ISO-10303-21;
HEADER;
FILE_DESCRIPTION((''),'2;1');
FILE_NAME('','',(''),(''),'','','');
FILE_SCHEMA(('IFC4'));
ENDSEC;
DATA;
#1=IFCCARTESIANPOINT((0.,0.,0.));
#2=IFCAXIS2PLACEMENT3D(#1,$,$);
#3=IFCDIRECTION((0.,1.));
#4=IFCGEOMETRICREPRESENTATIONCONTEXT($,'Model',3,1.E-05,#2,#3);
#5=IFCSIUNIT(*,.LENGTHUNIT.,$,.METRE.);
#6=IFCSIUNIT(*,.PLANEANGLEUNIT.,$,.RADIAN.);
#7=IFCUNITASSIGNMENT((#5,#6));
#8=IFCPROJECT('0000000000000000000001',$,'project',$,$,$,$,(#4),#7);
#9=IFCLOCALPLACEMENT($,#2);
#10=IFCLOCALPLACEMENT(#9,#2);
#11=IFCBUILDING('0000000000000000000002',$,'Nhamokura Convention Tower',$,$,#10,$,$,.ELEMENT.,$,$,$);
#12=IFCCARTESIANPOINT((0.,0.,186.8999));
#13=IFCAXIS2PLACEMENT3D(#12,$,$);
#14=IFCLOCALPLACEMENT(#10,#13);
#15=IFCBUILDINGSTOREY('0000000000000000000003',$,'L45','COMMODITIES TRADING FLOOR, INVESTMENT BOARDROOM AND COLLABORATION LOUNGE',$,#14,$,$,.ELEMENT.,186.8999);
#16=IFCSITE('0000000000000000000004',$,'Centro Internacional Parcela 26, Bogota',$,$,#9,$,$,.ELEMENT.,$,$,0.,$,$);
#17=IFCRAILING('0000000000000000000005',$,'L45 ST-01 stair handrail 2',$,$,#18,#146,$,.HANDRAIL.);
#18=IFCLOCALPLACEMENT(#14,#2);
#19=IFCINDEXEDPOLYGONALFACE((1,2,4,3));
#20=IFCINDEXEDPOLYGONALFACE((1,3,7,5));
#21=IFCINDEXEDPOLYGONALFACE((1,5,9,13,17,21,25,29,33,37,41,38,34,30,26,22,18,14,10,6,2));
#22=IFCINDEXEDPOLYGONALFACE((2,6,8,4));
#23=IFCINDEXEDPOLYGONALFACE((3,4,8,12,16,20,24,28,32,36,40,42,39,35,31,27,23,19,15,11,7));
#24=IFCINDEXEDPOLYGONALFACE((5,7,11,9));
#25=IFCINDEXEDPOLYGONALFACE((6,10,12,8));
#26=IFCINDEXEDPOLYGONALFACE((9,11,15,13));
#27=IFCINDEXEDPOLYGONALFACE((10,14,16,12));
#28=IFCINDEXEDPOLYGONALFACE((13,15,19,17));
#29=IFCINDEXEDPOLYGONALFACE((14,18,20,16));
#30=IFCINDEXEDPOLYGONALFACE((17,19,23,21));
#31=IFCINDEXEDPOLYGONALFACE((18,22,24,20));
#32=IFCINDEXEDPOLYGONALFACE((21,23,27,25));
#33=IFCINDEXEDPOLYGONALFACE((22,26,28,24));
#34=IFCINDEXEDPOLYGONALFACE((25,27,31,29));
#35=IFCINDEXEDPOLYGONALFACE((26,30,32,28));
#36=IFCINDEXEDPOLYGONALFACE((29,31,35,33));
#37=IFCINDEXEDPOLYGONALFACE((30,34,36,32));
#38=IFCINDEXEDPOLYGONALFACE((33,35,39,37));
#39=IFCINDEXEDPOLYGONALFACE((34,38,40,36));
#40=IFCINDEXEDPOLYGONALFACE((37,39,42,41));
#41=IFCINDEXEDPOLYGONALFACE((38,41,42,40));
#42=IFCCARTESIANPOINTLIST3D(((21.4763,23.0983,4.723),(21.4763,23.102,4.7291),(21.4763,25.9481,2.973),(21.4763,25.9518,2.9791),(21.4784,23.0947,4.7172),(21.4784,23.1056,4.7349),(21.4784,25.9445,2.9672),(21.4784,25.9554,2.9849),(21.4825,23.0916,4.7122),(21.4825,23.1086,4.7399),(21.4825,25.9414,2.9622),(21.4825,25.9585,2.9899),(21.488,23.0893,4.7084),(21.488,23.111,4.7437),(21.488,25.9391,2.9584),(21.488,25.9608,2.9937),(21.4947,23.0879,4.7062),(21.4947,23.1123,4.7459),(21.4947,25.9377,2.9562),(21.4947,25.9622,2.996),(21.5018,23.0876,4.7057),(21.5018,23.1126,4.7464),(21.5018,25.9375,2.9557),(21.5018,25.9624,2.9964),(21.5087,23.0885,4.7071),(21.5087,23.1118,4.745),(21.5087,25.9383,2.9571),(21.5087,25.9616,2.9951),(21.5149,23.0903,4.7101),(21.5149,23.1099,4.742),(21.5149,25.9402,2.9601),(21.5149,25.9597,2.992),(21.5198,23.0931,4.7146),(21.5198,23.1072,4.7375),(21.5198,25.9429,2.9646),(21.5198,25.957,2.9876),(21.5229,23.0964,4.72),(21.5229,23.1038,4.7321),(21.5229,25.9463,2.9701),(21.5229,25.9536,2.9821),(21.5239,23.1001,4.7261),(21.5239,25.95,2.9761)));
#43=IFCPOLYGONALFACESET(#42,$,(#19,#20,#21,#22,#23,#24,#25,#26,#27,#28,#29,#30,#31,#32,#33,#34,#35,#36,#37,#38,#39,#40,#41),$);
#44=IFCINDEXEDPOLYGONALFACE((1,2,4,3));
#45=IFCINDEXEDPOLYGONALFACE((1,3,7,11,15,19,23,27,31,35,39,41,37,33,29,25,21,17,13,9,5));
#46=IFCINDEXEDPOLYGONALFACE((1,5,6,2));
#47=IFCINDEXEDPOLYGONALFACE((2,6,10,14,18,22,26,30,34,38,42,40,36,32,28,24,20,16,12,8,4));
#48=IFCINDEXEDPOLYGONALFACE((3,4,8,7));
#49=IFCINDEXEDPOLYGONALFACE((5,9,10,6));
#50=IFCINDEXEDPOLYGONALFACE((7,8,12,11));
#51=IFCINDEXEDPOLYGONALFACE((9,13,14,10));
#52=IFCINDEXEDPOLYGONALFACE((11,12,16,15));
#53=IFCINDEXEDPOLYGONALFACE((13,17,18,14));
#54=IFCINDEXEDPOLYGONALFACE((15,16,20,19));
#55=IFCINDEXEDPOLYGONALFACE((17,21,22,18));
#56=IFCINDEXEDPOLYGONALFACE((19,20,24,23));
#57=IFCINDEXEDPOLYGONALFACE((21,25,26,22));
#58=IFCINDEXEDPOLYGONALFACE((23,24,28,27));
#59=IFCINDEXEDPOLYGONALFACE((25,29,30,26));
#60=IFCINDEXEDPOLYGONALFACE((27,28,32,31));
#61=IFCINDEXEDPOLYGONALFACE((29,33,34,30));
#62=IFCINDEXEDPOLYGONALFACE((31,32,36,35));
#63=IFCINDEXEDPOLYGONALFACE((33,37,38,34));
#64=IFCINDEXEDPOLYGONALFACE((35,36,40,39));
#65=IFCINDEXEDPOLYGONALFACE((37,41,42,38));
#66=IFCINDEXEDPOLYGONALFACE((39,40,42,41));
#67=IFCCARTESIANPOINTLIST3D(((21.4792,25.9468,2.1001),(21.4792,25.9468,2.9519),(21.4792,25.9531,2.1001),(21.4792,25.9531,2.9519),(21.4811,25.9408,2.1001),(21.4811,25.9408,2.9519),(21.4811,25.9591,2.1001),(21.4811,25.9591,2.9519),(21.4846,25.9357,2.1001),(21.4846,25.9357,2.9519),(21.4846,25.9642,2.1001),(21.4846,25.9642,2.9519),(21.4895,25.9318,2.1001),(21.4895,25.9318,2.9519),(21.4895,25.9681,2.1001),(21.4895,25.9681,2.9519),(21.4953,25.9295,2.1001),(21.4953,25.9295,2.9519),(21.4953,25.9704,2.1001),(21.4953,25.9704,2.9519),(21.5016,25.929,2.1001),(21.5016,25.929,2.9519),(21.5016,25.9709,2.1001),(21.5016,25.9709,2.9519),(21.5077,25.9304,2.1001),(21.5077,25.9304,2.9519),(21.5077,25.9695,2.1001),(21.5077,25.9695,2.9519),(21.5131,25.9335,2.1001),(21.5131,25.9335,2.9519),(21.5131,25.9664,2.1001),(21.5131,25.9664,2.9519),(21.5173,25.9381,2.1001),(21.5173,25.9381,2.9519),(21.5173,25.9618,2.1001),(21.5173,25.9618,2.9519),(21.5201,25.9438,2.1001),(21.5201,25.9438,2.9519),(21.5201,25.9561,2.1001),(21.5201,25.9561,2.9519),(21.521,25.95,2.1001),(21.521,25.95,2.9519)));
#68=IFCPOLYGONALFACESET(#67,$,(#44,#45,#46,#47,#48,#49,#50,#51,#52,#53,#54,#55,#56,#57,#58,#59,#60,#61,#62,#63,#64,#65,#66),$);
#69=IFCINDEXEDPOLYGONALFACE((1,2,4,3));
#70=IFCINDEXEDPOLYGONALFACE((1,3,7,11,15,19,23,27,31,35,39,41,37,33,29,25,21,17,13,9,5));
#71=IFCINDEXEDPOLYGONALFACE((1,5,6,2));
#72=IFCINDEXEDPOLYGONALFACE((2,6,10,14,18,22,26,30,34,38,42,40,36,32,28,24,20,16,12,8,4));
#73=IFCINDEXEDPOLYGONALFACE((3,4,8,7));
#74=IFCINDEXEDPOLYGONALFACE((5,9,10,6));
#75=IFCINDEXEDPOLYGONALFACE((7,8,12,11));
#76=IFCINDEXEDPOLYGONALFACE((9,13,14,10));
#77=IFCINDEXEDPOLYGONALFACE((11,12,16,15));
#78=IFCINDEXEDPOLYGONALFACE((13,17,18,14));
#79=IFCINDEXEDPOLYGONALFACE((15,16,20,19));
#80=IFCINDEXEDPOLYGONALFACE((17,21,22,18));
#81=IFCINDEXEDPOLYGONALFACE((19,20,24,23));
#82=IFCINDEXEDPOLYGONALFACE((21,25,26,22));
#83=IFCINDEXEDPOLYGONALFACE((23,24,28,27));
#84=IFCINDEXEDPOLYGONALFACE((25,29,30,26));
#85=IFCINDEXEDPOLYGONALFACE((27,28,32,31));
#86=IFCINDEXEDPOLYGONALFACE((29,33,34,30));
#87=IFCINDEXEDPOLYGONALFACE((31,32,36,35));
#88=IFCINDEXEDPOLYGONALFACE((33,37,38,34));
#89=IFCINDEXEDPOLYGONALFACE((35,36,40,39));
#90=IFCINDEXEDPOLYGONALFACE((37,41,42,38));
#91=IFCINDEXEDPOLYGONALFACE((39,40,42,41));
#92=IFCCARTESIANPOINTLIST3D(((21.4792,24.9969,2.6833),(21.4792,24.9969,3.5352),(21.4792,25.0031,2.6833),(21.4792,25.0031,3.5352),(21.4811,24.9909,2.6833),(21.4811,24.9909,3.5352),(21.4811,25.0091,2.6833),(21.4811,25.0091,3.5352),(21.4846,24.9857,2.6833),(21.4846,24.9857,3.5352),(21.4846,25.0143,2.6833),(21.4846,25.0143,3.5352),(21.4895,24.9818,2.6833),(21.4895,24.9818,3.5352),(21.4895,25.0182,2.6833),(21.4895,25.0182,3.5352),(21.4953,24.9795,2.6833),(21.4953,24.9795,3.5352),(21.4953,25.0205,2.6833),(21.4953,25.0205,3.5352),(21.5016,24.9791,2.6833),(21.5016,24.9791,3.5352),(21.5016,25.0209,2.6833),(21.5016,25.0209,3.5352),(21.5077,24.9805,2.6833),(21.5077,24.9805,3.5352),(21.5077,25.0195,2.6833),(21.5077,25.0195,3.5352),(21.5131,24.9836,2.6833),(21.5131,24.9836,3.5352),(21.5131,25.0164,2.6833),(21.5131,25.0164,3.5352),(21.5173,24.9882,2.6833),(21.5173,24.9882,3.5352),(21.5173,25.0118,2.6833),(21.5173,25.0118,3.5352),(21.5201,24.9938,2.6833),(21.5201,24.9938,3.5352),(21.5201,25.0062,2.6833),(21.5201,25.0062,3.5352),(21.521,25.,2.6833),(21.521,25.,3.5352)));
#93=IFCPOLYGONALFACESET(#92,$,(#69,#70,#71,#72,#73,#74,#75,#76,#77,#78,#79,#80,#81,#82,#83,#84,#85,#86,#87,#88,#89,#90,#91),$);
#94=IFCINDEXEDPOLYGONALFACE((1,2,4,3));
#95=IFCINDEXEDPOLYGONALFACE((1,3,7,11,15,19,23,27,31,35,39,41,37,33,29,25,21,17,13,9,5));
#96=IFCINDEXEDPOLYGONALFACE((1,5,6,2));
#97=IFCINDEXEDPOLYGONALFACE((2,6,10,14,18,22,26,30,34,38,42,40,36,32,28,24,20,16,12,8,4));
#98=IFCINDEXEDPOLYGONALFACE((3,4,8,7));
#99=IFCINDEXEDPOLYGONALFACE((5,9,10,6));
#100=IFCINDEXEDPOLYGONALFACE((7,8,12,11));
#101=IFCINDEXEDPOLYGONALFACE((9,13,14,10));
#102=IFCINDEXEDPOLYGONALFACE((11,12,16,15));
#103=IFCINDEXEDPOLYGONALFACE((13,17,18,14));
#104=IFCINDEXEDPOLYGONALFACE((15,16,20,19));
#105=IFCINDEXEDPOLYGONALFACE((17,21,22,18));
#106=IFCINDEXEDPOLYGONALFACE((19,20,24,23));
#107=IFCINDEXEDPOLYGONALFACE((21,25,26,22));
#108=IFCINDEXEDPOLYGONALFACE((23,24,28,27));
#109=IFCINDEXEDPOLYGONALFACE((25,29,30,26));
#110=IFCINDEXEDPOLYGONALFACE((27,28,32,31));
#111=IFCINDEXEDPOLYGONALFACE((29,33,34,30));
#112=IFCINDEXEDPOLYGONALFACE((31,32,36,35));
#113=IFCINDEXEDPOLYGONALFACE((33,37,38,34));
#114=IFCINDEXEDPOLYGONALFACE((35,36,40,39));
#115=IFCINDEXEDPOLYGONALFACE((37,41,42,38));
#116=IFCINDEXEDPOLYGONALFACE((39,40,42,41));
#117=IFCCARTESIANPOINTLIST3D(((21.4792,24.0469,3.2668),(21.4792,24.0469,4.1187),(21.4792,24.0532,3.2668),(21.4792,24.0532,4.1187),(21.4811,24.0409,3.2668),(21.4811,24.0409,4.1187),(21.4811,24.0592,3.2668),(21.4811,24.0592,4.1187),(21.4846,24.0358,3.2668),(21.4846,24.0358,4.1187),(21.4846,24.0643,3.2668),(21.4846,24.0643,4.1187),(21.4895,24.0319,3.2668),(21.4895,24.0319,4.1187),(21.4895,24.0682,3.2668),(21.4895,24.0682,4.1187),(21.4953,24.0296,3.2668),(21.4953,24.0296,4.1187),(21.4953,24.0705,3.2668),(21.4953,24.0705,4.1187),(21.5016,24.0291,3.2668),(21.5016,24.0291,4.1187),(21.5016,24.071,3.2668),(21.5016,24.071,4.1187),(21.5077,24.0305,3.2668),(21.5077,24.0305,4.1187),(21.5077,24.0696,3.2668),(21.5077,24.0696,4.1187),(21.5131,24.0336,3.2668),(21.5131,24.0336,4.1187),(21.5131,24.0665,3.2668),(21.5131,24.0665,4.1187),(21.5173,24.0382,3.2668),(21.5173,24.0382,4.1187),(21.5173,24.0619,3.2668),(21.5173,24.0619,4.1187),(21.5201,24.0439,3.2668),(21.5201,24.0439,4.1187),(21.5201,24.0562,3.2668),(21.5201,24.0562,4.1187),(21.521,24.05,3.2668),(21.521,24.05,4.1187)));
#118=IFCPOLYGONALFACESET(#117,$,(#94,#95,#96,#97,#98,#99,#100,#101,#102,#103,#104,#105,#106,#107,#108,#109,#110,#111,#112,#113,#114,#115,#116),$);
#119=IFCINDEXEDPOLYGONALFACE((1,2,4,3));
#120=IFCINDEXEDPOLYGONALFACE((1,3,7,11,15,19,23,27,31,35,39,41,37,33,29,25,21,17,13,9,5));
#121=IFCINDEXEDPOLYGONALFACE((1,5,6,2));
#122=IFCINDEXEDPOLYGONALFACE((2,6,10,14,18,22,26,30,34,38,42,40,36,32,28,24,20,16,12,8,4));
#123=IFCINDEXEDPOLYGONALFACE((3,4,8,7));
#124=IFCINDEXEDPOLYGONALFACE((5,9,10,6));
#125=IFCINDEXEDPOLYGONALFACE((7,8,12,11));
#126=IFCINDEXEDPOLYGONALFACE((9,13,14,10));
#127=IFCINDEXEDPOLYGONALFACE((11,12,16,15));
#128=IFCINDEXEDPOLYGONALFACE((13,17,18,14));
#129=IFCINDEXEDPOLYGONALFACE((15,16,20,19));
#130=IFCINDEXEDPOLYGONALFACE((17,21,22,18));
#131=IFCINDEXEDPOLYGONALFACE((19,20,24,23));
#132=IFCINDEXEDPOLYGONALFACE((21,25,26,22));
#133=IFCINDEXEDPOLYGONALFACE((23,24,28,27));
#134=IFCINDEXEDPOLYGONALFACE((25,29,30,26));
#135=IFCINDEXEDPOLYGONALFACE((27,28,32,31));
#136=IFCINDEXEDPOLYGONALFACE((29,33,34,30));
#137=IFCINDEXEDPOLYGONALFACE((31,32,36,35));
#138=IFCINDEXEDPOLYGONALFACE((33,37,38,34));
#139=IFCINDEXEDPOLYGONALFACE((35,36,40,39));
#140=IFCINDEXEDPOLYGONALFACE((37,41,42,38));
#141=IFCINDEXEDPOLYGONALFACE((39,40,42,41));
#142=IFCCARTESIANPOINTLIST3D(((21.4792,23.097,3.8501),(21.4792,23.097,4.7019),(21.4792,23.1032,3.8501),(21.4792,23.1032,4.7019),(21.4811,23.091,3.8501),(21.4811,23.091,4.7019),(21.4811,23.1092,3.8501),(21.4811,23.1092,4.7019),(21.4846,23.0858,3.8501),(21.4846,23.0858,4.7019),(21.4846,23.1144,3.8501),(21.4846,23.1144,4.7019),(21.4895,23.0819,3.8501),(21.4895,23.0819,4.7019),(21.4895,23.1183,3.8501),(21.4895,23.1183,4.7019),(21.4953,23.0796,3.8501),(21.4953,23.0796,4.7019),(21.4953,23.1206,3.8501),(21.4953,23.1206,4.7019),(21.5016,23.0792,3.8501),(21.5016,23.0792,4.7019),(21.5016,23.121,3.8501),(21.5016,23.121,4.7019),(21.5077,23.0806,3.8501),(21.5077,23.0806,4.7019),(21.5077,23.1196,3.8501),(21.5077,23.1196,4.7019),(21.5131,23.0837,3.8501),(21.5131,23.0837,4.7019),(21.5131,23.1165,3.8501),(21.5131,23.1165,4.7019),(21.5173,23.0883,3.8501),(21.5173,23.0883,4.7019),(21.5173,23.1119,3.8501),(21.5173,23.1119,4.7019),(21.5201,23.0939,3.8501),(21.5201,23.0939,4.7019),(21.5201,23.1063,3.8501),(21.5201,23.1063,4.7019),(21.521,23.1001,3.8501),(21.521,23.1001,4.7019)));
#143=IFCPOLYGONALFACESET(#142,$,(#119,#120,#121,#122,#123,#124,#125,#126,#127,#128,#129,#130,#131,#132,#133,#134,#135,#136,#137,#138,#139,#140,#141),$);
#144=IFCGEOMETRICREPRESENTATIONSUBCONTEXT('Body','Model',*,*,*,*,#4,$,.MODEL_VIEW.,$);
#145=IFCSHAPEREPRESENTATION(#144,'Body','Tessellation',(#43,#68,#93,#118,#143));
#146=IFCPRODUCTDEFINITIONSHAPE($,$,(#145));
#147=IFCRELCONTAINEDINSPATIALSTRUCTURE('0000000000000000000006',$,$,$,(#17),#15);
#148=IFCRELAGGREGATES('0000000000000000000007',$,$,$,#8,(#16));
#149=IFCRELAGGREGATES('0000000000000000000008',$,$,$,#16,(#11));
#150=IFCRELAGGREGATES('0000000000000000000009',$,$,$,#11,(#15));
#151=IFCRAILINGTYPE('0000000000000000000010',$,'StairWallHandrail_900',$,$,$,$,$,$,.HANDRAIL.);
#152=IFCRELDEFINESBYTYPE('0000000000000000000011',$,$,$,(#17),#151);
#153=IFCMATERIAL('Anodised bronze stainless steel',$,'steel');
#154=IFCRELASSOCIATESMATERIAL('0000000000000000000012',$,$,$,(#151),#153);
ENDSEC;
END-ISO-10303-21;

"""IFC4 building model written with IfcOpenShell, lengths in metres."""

from ifc_helpers import new_model, si_unit, direction, frame, origin, origin_2d, place, context, subcontext, project, spatial, circle, extrude, material, type_object, element, save


model = new_model("IFC4")

# Units and contexts
model_context = context("Model", 3, precision=1e-05, world=origin(), true_north=direction((0.0, 1.0)))
body_context = subcontext(model_context, "Body", "Model", "MODEL_VIEW")
ifc_project = project(units=[si_unit("LENGTHUNIT", "METRE"), si_unit("PLANEANGLEUNIT", "RADIAN")], contexts=[model_context])

# Site, building, storey
site_placement = place(None, origin())
site = spatial("IfcSite", under=ifc_project, at=site_placement, Name="Centro Internacional Parcela 26, Bogota", CompositionType="ELEMENT", RefElevation=0.0)
building_placement = place(site_placement, origin())
building = spatial("IfcBuilding", under=site, at=building_placement, Name="Nhamokura Convention Tower", CompositionType="ELEMENT")
storey_placement = place(building_placement, frame((0.0, 0.0, 186.8999)))
storey = spatial("IfcBuildingStorey", under=building, at=storey_placement, Name="L45", Description="COMMODITIES TRADING FLOOR, INVESTMENT BOARDROOM AND COLLABORATION LOUNGE", CompositionType="ELEMENT", Elevation=186.8999)

# Railing
ifc_material_1 = material(Name="Anodised bronze stainless steel", Category="steel")
railing_type_1 = type_object("IfcRailingType", Name="StairWallHandrail_900", PredefinedType="HANDRAIL", material=ifc_material_1)
railing_1_placement = place(storey_placement, frame((21.5, 25.95, 2.1001)))
element("IfcRailing", 1, at=railing_1_placement, inside=storey, type_object=railing_type_1, Name="L45 ST-01 stair handrail 2", PredefinedType="HANDRAIL", context=body_context, shape_type="SweptSolid", body=[
    extrude(circle(Radius=0.0239, at=origin_2d()), frame((0.0, 0.0, 0.876), z_axis=(0.0, -0.852159, 0.523283), x_axis=(1.0, 0.0, 0.0)), (0.0, 0.0, 1.0), 3.3442),
    extrude(circle(Radius=0.021, at=origin_2d()), origin(), (0.0, 0.0, 1.0), 0.8518),
    extrude(circle(Radius=0.021, at=origin_2d()), frame((0.0, -0.95, 0.5833)), (0.0, 0.0, 1.0), 0.8518),
    extrude(circle(Radius=0.021, at=origin_2d()), frame((0.0, -1.8999, 1.1667)), (0.0, 0.0, 1.0), 0.8518),
    extrude(circle(Radius=0.021, at=origin_2d()), frame((0.0, -2.8499, 1.75)), (0.0, 0.0, 1.0), 0.8518),
])

save(model, "model.ifc")
